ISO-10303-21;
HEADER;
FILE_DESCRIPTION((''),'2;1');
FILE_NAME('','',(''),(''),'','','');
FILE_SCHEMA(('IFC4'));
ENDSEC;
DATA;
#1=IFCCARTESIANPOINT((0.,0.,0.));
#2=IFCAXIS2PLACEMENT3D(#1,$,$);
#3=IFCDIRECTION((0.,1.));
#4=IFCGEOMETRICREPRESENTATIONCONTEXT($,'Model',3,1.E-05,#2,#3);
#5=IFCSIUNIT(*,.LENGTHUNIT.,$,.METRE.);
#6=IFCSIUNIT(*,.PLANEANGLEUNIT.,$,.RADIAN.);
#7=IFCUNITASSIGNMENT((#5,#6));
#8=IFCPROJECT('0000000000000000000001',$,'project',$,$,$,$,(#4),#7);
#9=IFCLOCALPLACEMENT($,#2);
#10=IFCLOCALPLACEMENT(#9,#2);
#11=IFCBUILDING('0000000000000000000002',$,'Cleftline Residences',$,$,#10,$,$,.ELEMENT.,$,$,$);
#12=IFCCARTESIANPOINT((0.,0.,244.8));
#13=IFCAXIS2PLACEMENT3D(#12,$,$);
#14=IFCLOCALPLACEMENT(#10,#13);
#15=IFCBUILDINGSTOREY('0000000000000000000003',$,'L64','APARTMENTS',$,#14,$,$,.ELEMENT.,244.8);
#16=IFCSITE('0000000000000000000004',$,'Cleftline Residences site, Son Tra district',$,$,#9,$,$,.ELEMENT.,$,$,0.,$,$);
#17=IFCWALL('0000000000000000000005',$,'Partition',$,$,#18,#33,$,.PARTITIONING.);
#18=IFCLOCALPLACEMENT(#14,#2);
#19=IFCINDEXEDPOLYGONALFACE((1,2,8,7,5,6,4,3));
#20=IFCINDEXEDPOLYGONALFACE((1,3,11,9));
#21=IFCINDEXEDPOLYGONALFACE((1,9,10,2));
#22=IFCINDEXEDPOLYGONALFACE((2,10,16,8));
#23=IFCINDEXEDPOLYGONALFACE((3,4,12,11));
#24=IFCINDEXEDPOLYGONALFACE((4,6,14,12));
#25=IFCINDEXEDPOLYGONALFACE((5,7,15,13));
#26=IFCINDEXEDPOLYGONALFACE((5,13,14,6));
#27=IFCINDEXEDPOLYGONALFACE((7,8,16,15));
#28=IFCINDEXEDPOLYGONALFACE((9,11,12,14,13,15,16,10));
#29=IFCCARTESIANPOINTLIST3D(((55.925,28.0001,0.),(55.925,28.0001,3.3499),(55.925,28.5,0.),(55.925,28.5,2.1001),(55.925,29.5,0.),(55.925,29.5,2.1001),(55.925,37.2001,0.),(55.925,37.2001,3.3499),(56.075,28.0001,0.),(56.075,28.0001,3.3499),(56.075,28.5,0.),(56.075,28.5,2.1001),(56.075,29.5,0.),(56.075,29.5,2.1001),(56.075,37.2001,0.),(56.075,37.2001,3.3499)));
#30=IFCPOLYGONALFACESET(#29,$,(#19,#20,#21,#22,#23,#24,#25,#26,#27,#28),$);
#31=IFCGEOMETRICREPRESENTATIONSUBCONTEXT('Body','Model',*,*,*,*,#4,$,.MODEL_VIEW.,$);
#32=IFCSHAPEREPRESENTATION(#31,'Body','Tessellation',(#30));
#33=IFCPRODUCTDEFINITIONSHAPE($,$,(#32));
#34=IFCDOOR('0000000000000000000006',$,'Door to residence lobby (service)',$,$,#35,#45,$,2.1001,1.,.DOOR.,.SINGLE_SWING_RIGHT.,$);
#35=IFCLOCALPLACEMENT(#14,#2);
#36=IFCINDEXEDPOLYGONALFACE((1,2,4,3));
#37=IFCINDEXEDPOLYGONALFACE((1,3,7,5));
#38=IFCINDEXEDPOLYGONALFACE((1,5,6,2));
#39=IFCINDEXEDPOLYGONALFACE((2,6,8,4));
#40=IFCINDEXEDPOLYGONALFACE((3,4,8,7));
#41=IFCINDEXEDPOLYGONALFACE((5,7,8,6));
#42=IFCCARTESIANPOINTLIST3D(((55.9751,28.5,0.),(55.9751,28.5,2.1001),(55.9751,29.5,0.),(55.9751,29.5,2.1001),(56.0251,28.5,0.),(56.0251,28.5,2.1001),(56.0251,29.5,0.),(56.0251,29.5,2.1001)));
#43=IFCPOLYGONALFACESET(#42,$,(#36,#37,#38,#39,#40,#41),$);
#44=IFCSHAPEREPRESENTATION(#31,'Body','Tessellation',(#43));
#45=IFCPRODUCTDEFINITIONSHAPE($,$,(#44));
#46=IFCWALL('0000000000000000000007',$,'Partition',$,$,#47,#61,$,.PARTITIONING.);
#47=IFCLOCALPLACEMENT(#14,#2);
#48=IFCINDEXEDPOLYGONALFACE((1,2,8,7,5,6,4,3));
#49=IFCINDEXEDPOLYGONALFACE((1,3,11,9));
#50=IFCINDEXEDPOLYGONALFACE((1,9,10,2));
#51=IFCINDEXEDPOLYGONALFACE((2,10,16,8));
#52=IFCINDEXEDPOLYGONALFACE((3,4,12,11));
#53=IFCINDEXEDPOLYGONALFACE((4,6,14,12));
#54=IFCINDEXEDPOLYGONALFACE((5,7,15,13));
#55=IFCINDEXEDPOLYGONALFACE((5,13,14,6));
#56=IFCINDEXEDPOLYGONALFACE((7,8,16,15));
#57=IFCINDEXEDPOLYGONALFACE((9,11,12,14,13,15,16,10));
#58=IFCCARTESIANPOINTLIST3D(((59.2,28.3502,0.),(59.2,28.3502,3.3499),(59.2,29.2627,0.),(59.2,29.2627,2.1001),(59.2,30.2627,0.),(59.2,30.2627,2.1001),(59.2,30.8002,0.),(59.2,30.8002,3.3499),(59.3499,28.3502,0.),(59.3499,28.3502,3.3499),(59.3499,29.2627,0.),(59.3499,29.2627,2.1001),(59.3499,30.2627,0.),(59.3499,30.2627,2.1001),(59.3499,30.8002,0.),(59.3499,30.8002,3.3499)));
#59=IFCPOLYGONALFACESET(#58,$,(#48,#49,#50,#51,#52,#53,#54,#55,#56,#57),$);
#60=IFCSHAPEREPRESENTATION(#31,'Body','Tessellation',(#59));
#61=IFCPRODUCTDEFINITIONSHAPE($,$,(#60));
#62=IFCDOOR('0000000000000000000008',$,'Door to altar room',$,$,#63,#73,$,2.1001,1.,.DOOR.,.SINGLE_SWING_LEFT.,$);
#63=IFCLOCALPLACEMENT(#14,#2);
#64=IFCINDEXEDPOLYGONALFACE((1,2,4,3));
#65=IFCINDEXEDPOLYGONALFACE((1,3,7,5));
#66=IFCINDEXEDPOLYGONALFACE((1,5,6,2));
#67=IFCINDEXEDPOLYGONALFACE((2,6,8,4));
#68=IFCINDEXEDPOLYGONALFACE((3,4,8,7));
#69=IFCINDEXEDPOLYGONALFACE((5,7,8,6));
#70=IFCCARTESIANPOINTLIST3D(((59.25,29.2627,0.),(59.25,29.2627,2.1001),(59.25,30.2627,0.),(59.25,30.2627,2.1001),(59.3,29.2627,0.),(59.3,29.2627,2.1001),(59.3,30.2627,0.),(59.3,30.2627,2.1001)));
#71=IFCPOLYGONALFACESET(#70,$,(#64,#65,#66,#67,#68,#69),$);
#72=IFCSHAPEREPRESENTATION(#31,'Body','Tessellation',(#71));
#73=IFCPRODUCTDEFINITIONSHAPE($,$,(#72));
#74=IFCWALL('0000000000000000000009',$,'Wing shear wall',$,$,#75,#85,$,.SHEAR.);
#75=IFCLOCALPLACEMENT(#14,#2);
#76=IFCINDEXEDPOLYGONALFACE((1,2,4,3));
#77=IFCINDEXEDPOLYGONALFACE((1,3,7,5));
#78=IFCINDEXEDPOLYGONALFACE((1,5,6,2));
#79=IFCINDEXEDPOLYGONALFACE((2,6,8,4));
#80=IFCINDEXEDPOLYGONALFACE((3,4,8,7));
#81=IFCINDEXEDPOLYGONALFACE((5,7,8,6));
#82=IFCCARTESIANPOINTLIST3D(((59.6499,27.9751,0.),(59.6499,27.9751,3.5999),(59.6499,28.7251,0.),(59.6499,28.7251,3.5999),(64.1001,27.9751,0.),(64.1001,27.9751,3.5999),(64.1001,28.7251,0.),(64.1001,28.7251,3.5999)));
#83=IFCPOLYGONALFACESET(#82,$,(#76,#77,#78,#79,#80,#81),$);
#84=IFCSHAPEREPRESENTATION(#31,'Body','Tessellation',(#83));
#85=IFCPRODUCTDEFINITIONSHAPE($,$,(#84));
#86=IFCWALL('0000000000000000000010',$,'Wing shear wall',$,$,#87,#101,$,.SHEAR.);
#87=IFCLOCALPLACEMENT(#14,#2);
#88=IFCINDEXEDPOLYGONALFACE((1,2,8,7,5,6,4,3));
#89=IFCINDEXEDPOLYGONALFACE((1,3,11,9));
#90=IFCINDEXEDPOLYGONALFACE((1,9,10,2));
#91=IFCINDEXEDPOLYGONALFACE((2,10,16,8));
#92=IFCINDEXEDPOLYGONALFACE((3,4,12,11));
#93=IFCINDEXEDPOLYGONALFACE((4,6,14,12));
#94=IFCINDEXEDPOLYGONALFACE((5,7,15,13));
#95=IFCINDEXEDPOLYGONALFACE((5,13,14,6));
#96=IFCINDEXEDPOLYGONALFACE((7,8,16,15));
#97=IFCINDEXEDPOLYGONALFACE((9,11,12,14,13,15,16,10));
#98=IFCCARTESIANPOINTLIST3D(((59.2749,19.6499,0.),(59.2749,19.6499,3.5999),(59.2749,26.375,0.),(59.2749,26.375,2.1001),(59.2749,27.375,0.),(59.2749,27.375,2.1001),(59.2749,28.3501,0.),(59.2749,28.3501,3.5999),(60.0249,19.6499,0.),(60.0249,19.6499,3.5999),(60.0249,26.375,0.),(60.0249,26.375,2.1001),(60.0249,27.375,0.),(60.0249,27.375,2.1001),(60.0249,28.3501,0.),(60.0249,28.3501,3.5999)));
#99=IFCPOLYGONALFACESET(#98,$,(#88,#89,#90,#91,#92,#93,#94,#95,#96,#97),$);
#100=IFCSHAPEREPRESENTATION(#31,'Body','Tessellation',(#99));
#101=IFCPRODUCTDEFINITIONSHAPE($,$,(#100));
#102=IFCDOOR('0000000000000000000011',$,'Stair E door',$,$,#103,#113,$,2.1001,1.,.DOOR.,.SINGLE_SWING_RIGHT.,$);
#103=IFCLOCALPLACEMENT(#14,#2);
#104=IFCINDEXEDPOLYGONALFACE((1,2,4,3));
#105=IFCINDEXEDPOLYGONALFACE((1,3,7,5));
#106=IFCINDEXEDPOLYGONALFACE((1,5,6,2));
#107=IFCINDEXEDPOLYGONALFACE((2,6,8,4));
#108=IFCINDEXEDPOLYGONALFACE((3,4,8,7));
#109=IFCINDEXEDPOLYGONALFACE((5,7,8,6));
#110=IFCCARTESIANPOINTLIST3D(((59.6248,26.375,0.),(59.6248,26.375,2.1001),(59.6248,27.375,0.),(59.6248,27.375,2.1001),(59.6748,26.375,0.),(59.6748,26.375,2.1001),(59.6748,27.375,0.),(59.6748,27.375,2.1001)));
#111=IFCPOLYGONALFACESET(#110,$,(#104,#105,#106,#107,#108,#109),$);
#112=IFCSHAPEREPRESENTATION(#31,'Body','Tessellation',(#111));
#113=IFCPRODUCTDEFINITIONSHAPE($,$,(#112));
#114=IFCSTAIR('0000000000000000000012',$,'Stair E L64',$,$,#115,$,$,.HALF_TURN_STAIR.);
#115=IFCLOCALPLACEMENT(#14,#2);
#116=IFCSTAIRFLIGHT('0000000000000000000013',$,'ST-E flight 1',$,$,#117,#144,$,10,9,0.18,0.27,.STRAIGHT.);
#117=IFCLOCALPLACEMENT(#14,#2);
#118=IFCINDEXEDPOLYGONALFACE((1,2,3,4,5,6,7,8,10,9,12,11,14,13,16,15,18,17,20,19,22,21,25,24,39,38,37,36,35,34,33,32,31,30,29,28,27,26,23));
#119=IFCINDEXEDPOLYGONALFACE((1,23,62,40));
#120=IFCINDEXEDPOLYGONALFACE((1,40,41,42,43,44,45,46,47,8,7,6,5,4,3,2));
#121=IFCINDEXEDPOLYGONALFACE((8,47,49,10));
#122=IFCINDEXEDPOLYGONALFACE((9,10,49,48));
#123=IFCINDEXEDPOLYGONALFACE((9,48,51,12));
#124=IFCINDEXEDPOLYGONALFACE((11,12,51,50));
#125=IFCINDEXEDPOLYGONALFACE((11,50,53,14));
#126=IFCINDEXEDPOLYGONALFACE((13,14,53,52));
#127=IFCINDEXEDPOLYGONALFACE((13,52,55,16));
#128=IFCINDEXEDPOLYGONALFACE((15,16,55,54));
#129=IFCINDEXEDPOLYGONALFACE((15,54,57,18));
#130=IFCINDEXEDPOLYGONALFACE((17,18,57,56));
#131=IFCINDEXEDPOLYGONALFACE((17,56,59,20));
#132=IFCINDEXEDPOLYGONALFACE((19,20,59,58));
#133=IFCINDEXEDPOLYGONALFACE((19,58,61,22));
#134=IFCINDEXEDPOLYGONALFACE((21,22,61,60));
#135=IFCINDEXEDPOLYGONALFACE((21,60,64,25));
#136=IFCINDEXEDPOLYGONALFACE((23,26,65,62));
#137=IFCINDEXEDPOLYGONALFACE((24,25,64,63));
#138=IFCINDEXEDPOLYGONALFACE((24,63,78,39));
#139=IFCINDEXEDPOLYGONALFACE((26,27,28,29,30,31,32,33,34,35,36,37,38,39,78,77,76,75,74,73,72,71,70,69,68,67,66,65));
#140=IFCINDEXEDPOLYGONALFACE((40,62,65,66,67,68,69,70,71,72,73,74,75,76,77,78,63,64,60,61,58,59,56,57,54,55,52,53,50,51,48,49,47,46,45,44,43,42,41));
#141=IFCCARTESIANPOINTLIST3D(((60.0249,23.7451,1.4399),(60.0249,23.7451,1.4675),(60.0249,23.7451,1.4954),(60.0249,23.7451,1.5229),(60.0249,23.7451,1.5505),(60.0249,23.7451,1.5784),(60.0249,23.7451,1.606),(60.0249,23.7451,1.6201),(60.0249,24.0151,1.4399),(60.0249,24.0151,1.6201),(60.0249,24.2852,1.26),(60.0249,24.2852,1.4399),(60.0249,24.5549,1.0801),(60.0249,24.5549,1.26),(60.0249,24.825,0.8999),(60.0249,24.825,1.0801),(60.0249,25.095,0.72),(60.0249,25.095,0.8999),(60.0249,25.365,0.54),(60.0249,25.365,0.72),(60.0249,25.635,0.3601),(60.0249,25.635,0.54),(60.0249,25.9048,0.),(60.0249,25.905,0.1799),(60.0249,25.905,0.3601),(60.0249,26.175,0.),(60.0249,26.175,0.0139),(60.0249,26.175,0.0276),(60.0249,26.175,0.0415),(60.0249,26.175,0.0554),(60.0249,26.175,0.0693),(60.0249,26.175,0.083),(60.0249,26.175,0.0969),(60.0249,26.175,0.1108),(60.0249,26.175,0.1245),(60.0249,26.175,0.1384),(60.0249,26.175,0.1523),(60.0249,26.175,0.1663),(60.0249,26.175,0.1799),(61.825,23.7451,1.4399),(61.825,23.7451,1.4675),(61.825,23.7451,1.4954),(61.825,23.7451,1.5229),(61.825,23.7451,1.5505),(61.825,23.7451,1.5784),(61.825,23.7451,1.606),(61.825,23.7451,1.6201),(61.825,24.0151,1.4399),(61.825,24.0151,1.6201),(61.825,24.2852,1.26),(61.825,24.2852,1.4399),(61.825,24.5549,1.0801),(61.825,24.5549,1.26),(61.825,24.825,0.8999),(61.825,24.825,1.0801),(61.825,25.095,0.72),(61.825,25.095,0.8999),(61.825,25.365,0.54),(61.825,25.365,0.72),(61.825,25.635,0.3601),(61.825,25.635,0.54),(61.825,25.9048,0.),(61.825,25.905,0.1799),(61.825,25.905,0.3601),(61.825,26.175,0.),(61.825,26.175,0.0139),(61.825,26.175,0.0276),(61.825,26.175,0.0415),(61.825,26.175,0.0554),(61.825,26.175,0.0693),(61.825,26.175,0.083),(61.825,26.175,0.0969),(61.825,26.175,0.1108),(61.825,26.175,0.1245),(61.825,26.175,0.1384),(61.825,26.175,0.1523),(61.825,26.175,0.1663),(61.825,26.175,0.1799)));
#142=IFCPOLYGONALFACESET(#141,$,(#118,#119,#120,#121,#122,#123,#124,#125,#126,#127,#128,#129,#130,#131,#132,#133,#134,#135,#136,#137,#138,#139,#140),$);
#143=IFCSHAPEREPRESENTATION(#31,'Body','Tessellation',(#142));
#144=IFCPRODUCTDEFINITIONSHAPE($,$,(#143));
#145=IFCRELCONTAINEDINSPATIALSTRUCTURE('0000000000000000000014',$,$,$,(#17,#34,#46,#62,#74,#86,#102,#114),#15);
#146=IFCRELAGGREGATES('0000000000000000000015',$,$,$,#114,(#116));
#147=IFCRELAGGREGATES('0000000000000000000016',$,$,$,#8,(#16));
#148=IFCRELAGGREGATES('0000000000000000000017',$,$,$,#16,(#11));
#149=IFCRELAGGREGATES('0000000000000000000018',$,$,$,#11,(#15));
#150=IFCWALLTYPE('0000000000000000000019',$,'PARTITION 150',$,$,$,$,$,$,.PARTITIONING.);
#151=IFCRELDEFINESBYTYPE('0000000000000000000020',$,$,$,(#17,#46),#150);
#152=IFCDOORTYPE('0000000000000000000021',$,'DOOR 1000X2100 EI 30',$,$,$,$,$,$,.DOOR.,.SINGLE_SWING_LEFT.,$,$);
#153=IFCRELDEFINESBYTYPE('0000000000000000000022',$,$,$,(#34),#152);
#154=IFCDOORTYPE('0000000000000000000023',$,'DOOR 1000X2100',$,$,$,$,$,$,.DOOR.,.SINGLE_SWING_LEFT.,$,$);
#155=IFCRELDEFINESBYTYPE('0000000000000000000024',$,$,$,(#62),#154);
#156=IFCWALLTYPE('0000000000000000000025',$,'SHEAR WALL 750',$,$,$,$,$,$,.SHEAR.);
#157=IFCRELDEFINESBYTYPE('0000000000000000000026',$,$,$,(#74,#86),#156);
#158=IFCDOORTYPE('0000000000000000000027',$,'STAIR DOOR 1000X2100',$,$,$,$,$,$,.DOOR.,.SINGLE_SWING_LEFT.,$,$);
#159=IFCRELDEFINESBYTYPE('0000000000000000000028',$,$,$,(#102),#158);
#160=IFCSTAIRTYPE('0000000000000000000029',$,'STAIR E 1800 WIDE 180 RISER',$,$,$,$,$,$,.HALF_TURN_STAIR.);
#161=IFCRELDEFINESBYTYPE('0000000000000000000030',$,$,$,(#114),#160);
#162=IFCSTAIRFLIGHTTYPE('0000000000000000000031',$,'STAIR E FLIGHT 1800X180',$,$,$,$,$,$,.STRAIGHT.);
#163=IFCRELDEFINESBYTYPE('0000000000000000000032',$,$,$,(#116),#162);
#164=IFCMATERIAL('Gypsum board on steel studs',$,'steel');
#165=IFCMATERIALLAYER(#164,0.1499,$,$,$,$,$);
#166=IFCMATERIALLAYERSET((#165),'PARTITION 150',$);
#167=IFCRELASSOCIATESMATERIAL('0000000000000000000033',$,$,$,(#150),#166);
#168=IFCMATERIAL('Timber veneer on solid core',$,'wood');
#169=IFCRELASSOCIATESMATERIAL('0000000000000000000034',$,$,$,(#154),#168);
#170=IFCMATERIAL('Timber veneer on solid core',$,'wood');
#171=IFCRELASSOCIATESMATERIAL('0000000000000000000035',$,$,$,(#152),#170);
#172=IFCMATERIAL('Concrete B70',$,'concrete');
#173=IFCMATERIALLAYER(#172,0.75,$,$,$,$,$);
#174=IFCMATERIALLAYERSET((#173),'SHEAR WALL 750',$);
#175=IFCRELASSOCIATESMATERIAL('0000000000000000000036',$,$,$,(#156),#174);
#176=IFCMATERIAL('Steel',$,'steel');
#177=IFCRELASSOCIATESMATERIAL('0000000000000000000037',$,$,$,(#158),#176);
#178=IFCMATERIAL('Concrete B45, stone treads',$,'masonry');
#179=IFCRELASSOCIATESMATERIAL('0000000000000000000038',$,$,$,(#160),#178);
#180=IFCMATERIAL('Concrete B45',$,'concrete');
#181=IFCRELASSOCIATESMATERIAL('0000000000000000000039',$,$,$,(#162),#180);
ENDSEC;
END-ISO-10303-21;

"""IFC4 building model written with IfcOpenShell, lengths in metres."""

from ifc_helpers import new_model, si_unit, direction, frame, frame_2d, origin, place, context, subcontext, project, spatial, polyline, rectangle, outline, extrude, material, layer, layer_set, type_object, element, fill, aggregate, save


model = new_model("IFC4")

# Units and contexts
model_context = context("Model", 3, precision=1e-05, world=origin(), true_north=direction((0.0, 1.0)))
body_context = subcontext(model_context, "Body", "Model", "MODEL_VIEW")
ifc_project = project(units=[si_unit("LENGTHUNIT", "METRE"), si_unit("PLANEANGLEUNIT", "RADIAN")], contexts=[model_context])

# Site, building, storey
site_placement = place(None, origin())
site = spatial("IfcSite", under=ifc_project, at=site_placement, Name="Cleftline Residences site, Son Tra district", CompositionType="ELEMENT", RefElevation=0.0)
building_placement = place(site_placement, origin())
building = spatial("IfcBuilding", under=site, at=building_placement, Name="Cleftline Residences", CompositionType="ELEMENT")
storey_placement = place(building_placement, frame((0.0, 0.0, 244.8)))
storey = spatial("IfcBuildingStorey", under=building, at=storey_placement, Name="L64", Description="APARTMENTS", CompositionType="ELEMENT", Elevation=244.8)

# Shared definitions
ifc_material_1 = material(Name="Gypsum board on steel studs", Category="steel")
ifc_layer_1 = layer(ifc_material_1, 0.1499)
ifc_layer_set_1 = layer_set([ifc_layer_1], Name="PARTITION 150")
wall_type_1 = type_object("IfcWallType", Name="PARTITION 150", PredefinedType="PARTITIONING", material=ifc_layer_set_1)

# Shared definitions
ifc_material_2 = material(Name="Timber veneer on solid core", Category="wood")
door_type_1 = type_object("IfcDoorType", Name="DOOR 1000X2100", OperationType="SINGLE_SWING_LEFT", PredefinedType="DOOR", material=ifc_material_2)

# Walls, openings, doors
wall_1_placement = place(storey_placement, frame((56.0, 28.0, 0.0), z_axis=(0.0, 0.0, 1.0), x_axis=(0.0, 1.0, 0.0)))
wall_1 = element("IfcWall", 1, at=wall_1_placement, inside=storey, type_object=wall_type_1, Name="Partition", PredefinedType="PARTITIONING", context=body_context, shape_type="SweptSolid", body=[
    extrude(rectangle(XDim=9.2, YDim=0.1499, at=frame_2d((4.6001, 0.0))), origin(), (0.0, 0.0, 1.0), 3.3499),
])
opening_1_placement = place(wall_1_placement, frame((0.5, 0.0, 0.0)))
opening_1 = element("IfcOpeningElement", 2, at=opening_1_placement, cuts=wall_1, PredefinedType="OPENING", context=body_context, shape_type="SweptSolid", body=[
    extrude(rectangle(XDim=1.0, YDim=2.1001, at=frame_2d((0.5, 1.05))), frame((0.0, 0.085, 0.0), z_axis=(0.0, -1.0, 0.0), x_axis=(1.0, 0.0, 0.0)), (0.0, 0.0, 1.0), 0.1699),
])
ifc_material_3 = material(Name="Timber veneer on solid core", Category="wood")
door_type_2 = type_object("IfcDoorType", Name="DOOR 1000X2100 EI 30", OperationType="SINGLE_SWING_LEFT", PredefinedType="DOOR", material=ifc_material_3)
door_1_placement = place(opening_1_placement, origin())
door_1 = element("IfcDoor", 3, at=door_1_placement, inside=storey, type_object=door_type_2, Name="Door to residence lobby (service)", OperationType="SINGLE_SWING_RIGHT", OverallHeight=2.1001, OverallWidth=1.0, PredefinedType="DOOR", context=body_context, shape_type="SweptSolid", body=[
    extrude(rectangle(XDim=1.0, YDim=2.1001, at=frame_2d((0.5, 1.05))), frame((0.0, 0.0249, 0.0), z_axis=(0.0, -1.0, 0.0), x_axis=(1.0, 0.0, 0.0)), (0.0, 0.0, 1.0), 0.05),
])
fill(opening_1, door_1)
wall_2_placement = place(storey_placement, frame((59.2749, 28.3501, 0.0), z_axis=(0.0, 0.0, 1.0), x_axis=(0.0, 1.0, 0.0)))
wall_2 = element("IfcWall", 4, at=wall_2_placement, inside=storey, type_object=wall_type_1, Name="Partition", PredefinedType="PARTITIONING", context=body_context, shape_type="SweptSolid", body=[
    extrude(rectangle(XDim=2.45, YDim=0.1499, at=frame_2d((1.2251, 0.0))), origin(), (0.0, 0.0, 1.0), 3.3499),
])
opening_2_placement = place(wall_2_placement, frame((0.9126, 0.0, 0.0)))
opening_2 = element("IfcOpeningElement", 5, at=opening_2_placement, cuts=wall_2, PredefinedType="OPENING", context=body_context, shape_type="SweptSolid", body=[
    extrude(rectangle(XDim=1.0, YDim=2.1001, at=frame_2d((0.5, 1.05))), frame((0.0, 0.085, 0.0), z_axis=(0.0, -1.0, 0.0), x_axis=(1.0, 0.0, 0.0)), (0.0, 0.0, 1.0), 0.1699),
])
door_2_placement = place(opening_2_placement, origin())
door_2 = element("IfcDoor", 6, at=door_2_placement, inside=storey, type_object=door_type_1, Name="Door to altar room", OperationType="SINGLE_SWING_LEFT", OverallHeight=2.1001, OverallWidth=1.0, PredefinedType="DOOR", context=body_context, shape_type="SweptSolid", body=[
    extrude(rectangle(XDim=1.0, YDim=2.1001, at=frame_2d((0.5, 1.05))), frame((0.0, 0.0249, 0.0), z_axis=(0.0, -1.0, 0.0), x_axis=(1.0, 0.0, 0.0)), (0.0, 0.0, 1.0), 0.05),
])
fill(opening_2, door_2)

# Wall
ifc_material_4 = material(Name="Concrete B70", Category="concrete")
ifc_layer_2 = layer(ifc_material_4, 0.75)
ifc_layer_set_2 = layer_set([ifc_layer_2], Name="SHEAR WALL 750")
wall_type_2 = type_object("IfcWallType", Name="SHEAR WALL 750", PredefinedType="SHEAR", material=ifc_layer_set_2)
wall_3_placement = place(storey_placement, frame((64.1001, 28.3501, 0.0), z_axis=(0.0, 0.0, 1.0), x_axis=(-1.0, 0.0, 0.0)))
element("IfcWall", 7, at=wall_3_placement, inside=storey, type_object=wall_type_2, Name="Wing shear wall", PredefinedType="SHEAR", context=body_context, shape_type="SweptSolid", body=[
    extrude(rectangle(XDim=4.4502, YDim=0.75, at=frame_2d((2.2251, 0.0))), origin(), (0.0, 0.0, 1.0), 3.5999),
])

# Wall, opening, door
wall_4_placement = place(storey_placement, frame((59.6499, 28.3501, 0.0), z_axis=(0.0, 0.0, 1.0), x_axis=(0.0, -1.0, 0.0)))
wall_4 = element("IfcWall", 8, at=wall_4_placement, inside=storey, type_object=wall_type_2, Name="Wing shear wall", PredefinedType="SHEAR", context=body_context, shape_type="SweptSolid", body=[
    extrude(rectangle(XDim=8.7002, YDim=0.75, at=frame_2d((4.3501, 0.0))), origin(), (0.0, 0.0, 1.0), 3.5999),
])
opening_3_placement = place(wall_4_placement, frame((0.9751, 0.0, 0.0)))
opening_3 = element("IfcOpeningElement", 9, at=opening_3_placement, cuts=wall_4, PredefinedType="OPENING", context=body_context, shape_type="SweptSolid", body=[
    extrude(rectangle(XDim=1.0, YDim=2.1001, at=frame_2d((0.5, 1.05))), frame((0.0, 0.385, 0.0), z_axis=(0.0, -1.0, 0.0), x_axis=(1.0, 0.0, 0.0)), (0.0, 0.0, 1.0), 0.77),
])
ifc_material_5 = material(Name="Steel", Category="steel")
door_type_3 = type_object("IfcDoorType", Name="STAIR DOOR 1000X2100", OperationType="SINGLE_SWING_LEFT", PredefinedType="DOOR", material=ifc_material_5)
door_3_placement = place(opening_3_placement, origin())
door_3 = element("IfcDoor", 10, at=door_3_placement, inside=storey, type_object=door_type_3, Name="Stair E door", OperationType="SINGLE_SWING_RIGHT", OverallHeight=2.1001, OverallWidth=1.0, PredefinedType="DOOR", context=body_context, shape_type="SweptSolid", body=[
    extrude(rectangle(XDim=1.0, YDim=2.1001, at=frame_2d((0.5, 1.05))), frame((0.0, 0.0249, 0.0), z_axis=(0.0, -1.0, 0.0), x_axis=(1.0, 0.0, 0.0)), (0.0, 0.0, 1.0), 0.05),
])
fill(opening_3, door_3)

# Stair, stair flight
ifc_material_6 = material(Name="Concrete B45, stone treads", Category="masonry")
stair_type = type_object("IfcStairType", Name="STAIR E 1800 WIDE 180 RISER", PredefinedType="HALF_TURN_STAIR", material=ifc_material_6)
stair_placement = place(storey_placement, origin())
stair = element("IfcStair", 11, at=stair_placement, inside=storey, type_object=stair_type, Name="Stair E L64", PredefinedType="HALF_TURN_STAIR")
ifc_material_7 = material(Name="Concrete B45", Category="concrete")
stair_flight_type = type_object("IfcStairFlightType", Name="STAIR E FLIGHT 1800X180", PredefinedType="STRAIGHT", material=ifc_material_7)
stair_flight_placement = place(storey_placement, frame((60.925, 26.175, 0.0), z_axis=(0.0, 0.0, 1.0), x_axis=(0.0, -1.0, 0.0)))
stair_flight = element("IfcStairFlight", 12, at=stair_flight_placement, type_object=stair_flight_type, Name="ST-E flight 1", NumberOfRisers=10, NumberOfTreads=9, PredefinedType="STRAIGHT", RiserHeight=0.18, TreadLength=0.27, context=body_context, shape_type="SweptSolid", body=[
    extrude(outline(polyline([(0.0, 0.0), (0.0, 0.0139), (0.0, 0.0276), (0.0, 0.0415), (0.0, 0.0554), (0.0, 0.0693), (0.0, 0.083), (0.0, 0.0969), (0.0, 0.1108), (0.0, 0.1245), (0.0, 0.1384), (0.0, 0.1523), (0.0, 0.1663), (0.0, 0.1799), (0.27, 0.1799), (0.27, 0.3601), (0.54, 0.3601), (0.54, 0.54), (0.8101, 0.54), (0.8101, 0.72), (1.0801, 0.72), (1.0801, 0.8999), (1.3501, 0.8999), (1.3501, 1.0801), (1.6201, 1.0801), (1.6201, 1.26), (1.8899, 1.26), (1.8899, 1.4399), (2.1599, 1.4399), (2.1599, 1.6201), (2.4299, 1.6201), (2.4299, 1.8), (2.4299, 1.7722), (2.4299, 1.7446), (2.4299, 1.7168), (2.4299, 1.6892), (2.4299, 1.6614), (2.4299, 1.6338), (2.4299, 1.606), (2.4299, 1.5784), (2.4299, 1.5505), (2.4299, 1.5229), (2.4299, 1.4954), (2.4299, 1.4675), (2.4299, 1.4399), (0.2703, 0.0), (0.0, 0.0)])), frame((0.0, 0.8999, 0.0), z_axis=(0.0, -1.0, 0.0), x_axis=(1.0, 0.0, 0.0)), (0.0, 0.0, 1.0), 1.8),
])
aggregate(stair, [stair_flight])

save(model, "model.ifc")
